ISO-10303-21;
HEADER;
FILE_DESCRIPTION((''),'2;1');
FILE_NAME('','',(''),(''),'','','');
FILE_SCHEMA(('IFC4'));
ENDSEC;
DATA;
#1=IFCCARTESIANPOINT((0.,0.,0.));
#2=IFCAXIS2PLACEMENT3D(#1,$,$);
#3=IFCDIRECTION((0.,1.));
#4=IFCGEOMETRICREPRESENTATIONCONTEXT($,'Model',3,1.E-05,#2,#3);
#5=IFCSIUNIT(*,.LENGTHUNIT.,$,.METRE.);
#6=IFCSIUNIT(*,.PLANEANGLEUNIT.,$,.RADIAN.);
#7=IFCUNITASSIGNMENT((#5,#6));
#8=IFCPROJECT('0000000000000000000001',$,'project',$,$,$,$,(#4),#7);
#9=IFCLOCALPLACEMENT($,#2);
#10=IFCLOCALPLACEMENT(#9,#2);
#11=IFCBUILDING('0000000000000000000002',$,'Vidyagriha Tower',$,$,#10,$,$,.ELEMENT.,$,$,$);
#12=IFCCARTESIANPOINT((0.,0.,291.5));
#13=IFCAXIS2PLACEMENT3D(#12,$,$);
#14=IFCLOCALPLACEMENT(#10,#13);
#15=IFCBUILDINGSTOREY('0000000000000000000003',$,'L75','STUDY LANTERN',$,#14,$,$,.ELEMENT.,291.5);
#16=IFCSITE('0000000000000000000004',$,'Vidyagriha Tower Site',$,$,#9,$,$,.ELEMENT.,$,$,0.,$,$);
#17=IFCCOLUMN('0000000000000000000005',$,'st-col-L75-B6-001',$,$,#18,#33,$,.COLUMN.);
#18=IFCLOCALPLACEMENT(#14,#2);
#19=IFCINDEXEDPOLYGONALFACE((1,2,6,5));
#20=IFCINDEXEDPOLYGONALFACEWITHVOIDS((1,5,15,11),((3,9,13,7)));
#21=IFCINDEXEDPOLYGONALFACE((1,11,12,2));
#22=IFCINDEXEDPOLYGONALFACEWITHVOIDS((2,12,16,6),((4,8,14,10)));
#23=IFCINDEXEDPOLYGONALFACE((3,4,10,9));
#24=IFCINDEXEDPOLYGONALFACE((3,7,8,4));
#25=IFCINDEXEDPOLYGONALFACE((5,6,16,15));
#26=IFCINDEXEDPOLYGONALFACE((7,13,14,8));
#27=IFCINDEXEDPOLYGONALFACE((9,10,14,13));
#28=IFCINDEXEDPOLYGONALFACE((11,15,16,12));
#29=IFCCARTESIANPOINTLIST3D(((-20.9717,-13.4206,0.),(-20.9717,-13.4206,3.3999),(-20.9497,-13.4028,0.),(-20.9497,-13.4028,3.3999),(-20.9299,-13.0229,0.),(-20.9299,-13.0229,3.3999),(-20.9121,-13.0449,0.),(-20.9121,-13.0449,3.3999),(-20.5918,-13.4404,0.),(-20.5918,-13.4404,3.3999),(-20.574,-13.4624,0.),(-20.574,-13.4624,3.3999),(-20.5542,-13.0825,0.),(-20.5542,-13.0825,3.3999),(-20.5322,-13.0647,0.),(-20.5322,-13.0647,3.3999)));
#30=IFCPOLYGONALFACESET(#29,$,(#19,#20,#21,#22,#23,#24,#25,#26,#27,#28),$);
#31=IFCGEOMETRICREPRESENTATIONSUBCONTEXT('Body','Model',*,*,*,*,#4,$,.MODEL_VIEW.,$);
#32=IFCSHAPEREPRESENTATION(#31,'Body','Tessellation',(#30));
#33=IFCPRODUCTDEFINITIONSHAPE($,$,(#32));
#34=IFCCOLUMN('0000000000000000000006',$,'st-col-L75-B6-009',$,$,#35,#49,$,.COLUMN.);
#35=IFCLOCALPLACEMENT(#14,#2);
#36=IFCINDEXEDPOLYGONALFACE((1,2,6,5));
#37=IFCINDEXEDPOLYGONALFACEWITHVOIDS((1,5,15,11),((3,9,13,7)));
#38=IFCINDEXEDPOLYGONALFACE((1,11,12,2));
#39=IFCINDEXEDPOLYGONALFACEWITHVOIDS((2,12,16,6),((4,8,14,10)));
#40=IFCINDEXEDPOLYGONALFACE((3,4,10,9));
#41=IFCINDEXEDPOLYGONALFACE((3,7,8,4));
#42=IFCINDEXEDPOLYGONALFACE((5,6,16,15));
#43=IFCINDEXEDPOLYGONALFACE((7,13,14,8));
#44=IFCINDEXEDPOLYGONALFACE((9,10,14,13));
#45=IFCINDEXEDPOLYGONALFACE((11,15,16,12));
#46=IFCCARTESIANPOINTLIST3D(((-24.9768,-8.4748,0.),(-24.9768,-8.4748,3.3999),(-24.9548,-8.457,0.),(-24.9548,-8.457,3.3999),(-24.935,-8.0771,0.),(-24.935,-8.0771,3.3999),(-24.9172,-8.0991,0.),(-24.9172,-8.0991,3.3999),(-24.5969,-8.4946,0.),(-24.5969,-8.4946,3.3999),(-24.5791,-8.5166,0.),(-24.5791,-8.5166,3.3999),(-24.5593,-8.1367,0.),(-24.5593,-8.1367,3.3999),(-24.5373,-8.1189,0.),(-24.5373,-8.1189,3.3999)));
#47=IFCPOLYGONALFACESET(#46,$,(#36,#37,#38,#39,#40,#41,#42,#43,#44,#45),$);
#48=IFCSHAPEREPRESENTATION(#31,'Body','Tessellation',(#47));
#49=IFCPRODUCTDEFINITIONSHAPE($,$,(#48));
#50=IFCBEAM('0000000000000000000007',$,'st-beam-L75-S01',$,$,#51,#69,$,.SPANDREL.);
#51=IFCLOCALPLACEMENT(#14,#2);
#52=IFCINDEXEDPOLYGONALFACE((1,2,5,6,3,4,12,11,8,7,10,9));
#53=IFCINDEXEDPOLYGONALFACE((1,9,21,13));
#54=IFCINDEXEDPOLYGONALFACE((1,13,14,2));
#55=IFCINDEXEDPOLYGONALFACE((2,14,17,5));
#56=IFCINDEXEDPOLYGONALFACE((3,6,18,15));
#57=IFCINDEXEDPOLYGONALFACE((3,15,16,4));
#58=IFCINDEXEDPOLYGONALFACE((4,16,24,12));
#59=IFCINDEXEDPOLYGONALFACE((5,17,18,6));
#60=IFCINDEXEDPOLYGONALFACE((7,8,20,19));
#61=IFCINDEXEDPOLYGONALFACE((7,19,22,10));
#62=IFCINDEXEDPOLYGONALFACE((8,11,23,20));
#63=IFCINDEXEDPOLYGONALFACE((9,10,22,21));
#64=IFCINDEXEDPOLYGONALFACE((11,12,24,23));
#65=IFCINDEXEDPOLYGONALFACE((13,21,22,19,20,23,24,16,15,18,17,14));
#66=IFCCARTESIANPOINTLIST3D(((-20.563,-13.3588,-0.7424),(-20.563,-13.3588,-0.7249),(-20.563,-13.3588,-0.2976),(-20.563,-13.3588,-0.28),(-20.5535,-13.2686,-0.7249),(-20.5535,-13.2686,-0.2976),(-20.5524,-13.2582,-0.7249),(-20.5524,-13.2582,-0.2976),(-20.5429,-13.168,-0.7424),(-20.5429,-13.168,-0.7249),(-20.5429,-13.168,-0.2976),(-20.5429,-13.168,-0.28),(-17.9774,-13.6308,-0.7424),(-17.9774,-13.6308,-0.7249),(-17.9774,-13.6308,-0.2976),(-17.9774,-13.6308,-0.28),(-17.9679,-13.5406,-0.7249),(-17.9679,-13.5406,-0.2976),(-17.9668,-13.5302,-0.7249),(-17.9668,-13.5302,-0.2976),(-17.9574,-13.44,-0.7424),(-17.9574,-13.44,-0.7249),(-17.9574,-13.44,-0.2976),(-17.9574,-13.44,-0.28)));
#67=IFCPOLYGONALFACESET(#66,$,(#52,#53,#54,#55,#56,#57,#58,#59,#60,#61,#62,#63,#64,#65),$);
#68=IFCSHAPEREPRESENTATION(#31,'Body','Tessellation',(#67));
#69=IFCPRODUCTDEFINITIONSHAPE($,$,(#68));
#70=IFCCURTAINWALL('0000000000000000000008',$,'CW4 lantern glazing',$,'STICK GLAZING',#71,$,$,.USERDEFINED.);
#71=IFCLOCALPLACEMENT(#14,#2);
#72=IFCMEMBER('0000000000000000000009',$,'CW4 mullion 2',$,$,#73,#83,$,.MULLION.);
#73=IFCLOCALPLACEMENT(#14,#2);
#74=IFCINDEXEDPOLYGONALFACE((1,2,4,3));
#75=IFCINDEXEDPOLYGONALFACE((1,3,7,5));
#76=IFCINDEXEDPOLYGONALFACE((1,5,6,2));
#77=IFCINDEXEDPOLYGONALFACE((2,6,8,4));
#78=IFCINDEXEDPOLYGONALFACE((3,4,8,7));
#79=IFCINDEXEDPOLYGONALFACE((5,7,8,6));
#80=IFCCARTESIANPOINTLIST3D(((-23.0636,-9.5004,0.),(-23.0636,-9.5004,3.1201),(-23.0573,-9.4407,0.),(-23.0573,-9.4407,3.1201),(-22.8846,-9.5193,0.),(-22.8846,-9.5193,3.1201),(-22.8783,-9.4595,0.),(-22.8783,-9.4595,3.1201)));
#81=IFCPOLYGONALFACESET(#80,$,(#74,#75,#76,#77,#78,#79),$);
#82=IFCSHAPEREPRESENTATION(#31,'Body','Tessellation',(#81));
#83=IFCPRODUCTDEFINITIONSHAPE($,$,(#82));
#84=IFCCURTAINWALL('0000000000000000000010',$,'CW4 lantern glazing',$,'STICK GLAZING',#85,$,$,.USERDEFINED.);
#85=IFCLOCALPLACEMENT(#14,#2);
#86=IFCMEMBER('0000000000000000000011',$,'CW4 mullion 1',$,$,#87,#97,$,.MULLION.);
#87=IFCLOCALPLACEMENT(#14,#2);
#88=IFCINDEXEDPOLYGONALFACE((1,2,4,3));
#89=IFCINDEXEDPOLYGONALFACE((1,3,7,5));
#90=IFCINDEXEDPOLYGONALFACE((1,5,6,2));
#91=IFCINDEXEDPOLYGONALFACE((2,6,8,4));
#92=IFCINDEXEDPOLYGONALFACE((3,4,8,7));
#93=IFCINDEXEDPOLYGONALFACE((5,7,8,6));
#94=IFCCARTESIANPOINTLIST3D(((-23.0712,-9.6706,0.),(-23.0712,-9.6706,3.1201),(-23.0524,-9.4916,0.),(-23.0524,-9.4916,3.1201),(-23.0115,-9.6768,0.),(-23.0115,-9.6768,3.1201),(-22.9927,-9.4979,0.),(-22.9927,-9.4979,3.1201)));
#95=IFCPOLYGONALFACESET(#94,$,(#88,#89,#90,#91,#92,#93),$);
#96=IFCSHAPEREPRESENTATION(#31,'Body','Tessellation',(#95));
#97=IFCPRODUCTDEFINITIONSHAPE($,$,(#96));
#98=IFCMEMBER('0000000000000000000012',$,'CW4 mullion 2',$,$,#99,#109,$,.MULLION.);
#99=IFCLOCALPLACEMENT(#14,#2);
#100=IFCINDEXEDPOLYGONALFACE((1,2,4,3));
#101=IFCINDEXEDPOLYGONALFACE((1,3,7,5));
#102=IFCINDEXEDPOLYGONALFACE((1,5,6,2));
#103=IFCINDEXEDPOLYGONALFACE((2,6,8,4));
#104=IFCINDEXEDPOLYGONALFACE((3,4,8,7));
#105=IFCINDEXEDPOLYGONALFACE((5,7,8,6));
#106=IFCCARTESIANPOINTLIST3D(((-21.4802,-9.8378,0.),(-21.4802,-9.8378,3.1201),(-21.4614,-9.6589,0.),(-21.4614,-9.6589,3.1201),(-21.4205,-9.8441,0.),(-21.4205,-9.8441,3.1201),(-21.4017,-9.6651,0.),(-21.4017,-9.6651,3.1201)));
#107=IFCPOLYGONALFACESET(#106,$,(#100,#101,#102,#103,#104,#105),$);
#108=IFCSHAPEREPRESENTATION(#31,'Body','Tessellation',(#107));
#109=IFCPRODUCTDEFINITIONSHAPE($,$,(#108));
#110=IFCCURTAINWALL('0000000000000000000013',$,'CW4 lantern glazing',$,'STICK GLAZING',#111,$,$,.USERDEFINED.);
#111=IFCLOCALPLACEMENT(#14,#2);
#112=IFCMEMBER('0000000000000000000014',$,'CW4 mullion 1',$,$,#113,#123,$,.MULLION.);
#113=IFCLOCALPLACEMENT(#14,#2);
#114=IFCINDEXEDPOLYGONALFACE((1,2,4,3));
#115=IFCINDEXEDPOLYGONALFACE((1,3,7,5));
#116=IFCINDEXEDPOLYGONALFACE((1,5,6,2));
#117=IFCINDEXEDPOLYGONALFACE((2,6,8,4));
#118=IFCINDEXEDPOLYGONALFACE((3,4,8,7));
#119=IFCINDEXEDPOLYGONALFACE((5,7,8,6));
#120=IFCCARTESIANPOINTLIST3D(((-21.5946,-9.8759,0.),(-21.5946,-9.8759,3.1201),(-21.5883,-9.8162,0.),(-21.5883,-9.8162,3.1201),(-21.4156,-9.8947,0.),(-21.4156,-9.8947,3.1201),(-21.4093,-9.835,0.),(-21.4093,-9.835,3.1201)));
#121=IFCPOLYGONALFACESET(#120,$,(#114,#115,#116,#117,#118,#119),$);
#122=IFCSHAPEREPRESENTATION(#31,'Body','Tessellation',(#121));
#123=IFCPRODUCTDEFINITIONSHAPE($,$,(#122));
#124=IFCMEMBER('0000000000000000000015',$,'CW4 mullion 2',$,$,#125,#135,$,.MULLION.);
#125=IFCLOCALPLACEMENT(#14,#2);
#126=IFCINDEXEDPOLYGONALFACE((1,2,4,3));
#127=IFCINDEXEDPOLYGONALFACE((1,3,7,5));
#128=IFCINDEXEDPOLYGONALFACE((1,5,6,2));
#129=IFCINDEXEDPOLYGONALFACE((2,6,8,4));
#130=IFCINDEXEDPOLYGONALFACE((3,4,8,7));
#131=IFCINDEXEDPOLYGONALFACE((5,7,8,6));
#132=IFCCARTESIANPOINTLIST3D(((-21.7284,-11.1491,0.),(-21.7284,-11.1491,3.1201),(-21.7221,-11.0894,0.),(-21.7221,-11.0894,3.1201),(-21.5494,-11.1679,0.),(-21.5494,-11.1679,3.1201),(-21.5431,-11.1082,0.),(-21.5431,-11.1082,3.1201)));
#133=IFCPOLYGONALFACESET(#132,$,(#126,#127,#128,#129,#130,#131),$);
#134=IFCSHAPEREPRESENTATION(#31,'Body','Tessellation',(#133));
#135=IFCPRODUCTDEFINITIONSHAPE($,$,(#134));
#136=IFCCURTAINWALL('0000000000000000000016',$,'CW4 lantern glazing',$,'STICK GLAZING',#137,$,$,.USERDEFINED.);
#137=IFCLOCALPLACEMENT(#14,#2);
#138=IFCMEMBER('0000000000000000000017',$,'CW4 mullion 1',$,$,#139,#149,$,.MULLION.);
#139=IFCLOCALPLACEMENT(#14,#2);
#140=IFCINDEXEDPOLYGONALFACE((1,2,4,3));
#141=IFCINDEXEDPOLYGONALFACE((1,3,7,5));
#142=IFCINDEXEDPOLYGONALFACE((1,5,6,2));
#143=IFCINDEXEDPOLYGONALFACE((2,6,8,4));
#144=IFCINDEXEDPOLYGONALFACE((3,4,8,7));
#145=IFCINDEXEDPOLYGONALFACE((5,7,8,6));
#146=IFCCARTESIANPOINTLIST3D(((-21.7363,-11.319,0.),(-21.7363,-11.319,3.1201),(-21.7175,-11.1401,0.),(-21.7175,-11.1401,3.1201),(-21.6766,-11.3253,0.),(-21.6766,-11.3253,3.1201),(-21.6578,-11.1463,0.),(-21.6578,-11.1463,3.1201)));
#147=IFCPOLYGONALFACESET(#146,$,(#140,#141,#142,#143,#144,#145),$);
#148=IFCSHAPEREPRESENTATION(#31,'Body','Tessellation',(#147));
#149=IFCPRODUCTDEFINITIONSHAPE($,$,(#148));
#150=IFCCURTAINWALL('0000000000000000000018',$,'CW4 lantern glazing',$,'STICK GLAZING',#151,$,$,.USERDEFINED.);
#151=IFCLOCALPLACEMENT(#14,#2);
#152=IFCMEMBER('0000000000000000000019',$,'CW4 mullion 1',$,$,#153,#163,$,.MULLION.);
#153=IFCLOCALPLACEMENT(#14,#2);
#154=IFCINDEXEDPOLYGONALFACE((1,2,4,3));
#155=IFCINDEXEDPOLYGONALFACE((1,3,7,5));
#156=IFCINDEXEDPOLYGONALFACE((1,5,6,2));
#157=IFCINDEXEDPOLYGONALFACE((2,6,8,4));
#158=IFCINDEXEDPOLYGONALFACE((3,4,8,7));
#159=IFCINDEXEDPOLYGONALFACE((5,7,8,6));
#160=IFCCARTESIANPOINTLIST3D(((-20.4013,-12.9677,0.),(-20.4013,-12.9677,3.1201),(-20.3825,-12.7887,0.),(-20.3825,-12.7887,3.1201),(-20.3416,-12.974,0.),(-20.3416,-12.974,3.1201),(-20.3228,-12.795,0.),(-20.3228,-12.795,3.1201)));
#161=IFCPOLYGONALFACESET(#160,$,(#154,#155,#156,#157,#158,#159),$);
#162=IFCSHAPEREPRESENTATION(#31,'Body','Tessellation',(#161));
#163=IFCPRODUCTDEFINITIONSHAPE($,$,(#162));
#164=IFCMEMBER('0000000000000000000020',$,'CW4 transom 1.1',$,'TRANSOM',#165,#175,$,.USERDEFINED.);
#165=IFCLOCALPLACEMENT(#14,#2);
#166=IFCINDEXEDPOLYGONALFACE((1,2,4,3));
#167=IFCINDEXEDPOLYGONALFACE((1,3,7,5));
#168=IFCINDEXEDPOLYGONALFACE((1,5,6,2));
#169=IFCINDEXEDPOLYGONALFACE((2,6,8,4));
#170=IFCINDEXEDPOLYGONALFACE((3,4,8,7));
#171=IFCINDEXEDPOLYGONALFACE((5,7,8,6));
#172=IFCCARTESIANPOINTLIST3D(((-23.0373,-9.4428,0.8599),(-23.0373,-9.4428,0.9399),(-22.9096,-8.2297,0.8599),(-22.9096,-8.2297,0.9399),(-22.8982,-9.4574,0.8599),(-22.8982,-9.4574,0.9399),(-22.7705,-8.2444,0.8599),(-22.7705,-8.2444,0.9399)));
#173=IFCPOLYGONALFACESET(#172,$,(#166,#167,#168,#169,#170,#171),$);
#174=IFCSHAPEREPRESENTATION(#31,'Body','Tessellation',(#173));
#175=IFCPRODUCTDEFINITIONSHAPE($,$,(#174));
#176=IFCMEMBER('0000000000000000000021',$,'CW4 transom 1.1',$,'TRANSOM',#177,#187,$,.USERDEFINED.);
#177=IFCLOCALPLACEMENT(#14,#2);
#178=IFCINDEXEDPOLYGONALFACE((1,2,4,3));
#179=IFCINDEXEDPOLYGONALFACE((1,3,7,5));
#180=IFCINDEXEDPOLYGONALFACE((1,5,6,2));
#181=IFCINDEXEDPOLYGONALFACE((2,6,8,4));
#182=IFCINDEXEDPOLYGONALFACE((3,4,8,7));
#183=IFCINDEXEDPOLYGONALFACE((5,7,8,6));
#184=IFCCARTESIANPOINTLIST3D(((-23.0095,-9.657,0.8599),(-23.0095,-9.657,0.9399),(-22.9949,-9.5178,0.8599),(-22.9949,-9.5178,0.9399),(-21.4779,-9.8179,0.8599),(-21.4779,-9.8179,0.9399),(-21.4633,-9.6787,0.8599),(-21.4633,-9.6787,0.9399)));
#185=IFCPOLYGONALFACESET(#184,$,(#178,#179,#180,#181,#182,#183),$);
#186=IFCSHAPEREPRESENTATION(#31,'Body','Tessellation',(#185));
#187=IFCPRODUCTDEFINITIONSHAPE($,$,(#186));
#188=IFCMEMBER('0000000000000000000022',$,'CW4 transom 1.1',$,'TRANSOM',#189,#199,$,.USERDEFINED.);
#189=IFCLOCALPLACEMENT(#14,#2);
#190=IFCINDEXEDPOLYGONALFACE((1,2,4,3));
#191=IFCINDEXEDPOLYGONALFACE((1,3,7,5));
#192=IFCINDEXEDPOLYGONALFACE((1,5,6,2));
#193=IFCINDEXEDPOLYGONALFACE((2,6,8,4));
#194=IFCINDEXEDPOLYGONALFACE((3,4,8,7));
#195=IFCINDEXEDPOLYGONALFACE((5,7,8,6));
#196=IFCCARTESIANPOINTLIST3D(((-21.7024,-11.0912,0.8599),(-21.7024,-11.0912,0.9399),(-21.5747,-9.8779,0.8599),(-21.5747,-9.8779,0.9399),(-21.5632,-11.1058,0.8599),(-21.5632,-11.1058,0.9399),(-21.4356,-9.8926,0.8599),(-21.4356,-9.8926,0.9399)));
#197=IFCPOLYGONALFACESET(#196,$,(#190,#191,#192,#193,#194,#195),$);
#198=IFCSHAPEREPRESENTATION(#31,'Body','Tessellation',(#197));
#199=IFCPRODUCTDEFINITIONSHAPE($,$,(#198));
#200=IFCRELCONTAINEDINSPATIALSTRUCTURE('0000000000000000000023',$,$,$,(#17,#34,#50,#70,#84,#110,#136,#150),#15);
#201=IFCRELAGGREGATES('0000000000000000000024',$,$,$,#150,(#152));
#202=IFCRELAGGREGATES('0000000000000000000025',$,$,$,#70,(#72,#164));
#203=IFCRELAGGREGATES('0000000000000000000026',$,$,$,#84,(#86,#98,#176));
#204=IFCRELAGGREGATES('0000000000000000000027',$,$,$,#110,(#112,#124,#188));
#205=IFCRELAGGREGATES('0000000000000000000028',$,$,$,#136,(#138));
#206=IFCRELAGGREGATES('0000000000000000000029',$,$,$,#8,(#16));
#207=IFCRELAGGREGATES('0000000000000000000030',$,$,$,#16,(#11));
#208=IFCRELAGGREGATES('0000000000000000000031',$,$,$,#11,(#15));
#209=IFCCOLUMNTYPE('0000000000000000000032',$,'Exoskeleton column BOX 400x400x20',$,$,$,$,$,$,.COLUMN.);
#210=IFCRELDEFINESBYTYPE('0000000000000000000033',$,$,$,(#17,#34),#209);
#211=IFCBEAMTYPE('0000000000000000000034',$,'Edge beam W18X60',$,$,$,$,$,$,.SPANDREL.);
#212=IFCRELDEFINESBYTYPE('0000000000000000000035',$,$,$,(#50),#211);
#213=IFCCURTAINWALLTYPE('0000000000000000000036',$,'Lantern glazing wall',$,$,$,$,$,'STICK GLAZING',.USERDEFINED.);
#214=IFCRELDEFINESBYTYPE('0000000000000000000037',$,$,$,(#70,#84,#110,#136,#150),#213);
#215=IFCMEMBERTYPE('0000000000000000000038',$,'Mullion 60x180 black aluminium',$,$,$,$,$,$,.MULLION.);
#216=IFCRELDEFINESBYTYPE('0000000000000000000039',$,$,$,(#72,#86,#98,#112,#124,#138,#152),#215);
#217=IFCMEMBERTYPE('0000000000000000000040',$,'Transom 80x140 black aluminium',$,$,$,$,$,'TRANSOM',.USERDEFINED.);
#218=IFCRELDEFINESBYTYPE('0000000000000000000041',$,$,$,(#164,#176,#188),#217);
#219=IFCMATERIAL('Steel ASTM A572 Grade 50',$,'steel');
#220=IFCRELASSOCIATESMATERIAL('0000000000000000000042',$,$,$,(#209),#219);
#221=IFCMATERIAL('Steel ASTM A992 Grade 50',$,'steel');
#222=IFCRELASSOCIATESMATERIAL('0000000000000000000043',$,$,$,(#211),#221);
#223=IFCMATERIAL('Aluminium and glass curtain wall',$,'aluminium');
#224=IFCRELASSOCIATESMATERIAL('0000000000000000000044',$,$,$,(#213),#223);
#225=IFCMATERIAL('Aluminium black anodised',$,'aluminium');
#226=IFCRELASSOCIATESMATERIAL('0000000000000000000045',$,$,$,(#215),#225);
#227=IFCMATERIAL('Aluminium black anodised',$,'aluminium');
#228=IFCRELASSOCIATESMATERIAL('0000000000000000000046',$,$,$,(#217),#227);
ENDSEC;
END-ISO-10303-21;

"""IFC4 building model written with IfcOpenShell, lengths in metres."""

from ifc_helpers import new_model, si_unit, direction, frame, origin, origin_2d, place, context, subcontext, project, spatial, rectangle, hollow_rectangle, i_section, extrude, material, material_profile, profile_set, type_object, element, aggregate, save


model = new_model("IFC4")

# Units and contexts
model_context = context("Model", 3, precision=1e-05, world=origin(), true_north=direction((0.0, 1.0)))
body_context = subcontext(model_context, "Body", "Model", "MODEL_VIEW")
ifc_project = project(units=[si_unit("LENGTHUNIT", "METRE"), si_unit("PLANEANGLEUNIT", "RADIAN")], contexts=[model_context])

# Site, building, storey
site_placement = place(None, origin())
site = spatial("IfcSite", under=ifc_project, at=site_placement, Name="Vidyagriha Tower Site", CompositionType="ELEMENT", RefElevation=0.0)
building_placement = place(site_placement, origin())
building = spatial("IfcBuilding", under=site, at=building_placement, Name="Vidyagriha Tower", CompositionType="ELEMENT")
storey_placement = place(building_placement, frame((0.0, 0.0, 291.5)))
storey = spatial("IfcBuildingStorey", under=building, at=storey_placement, Name="L75", Description="STUDY LANTERN", CompositionType="ELEMENT", Elevation=291.5)

# Columns
ifc_material_1 = material(Name="Steel ASTM A572 Grade 50", Category="steel")
ifc_material_profile_1 = material_profile(ifc_material_1, hollow_rectangle(XDim=0.3999, YDim=0.3999, WallThickness=0.02, at=origin_2d()), Name="BOX 400x400x20")
ifc_profile_set_1 = profile_set([ifc_material_profile_1], Name="Steel ASTM A572 Grade 50")
column_type = type_object("IfcColumnType", Name="Exoskeleton column BOX 400x400x20", PredefinedType="COLUMN", material=ifc_profile_set_1)
for number, where, z_axis, x_axis, name in (
    (1, (-20.752, -13.2427, 0.0), (0.0, 0.0, 1.0), (0.994522, -0.104528, 0.0), "st-col-L75-B6-001"),
    (2, (-24.7571, -8.2969, 0.0), (0.0, 0.0, 1.0), (0.994522, -0.104528, 0.0), "st-col-L75-B6-009"),
):
    element("IfcColumn", number, at=place(storey_placement, frame(where, z_axis=z_axis, x_axis=x_axis)), inside=storey, type_object=column_type, Name=name, PredefinedType="COLUMN", context=body_context, shape_type="SweptSolid", body=[
        extrude(hollow_rectangle(XDim=0.3999, YDim=0.3999, WallThickness=0.02, at=origin_2d()), origin(), (0.0, 0.0, 1.0), 3.3999),
    ])

# Beam
ifc_material_2 = material(Name="Steel ASTM A992 Grade 50", Category="steel")
ifc_material_profile_2 = material_profile(ifc_material_2, i_section(OverallWidth=0.1919, OverallDepth=0.4624, WebThickness=0.0105, FlangeThickness=0.0176, at=origin_2d()), Name="W18X60")
ifc_profile_set_2 = profile_set([ifc_material_profile_2], Name="Steel ASTM A992 Grade 50")
beam_type = type_object("IfcBeamType", Name="Edge beam W18X60", PredefinedType="SPANDREL", material=ifc_profile_set_2)
beam_placement = place(storey_placement, frame((-20.553, -13.2634, -0.5112), z_axis=(0.994514, -0.104607, 0.0), x_axis=(0.104607, 0.994514, 0.0)))
element("IfcBeam", 3, at=beam_placement, inside=storey, type_object=beam_type, Name="st-beam-L75-S01", PredefinedType="SPANDREL", context=body_context, shape_type="SweptSolid", body=[
    extrude(i_section(OverallWidth=0.1919, OverallDepth=0.4624, WebThickness=0.0105, FlangeThickness=0.0176, at=origin_2d()), origin(), (0.0, 0.0, 1.0), 2.5999),
])

# Curtain wall, member
ifc_material_3 = material(Name="Aluminium and glass curtain wall", Category="aluminium")
curtain_wall_type = type_object("IfcCurtainWallType", Name="Lantern glazing wall", ElementType="STICK GLAZING", PredefinedType="USERDEFINED", material=ifc_material_3)
curtain_wall_1_placement = place(storey_placement, origin())
curtain_wall_1 = element("IfcCurtainWall", 4, at=curtain_wall_1_placement, inside=storey, type_object=curtain_wall_type, Name="CW4 lantern glazing", ObjectType="STICK GLAZING", PredefinedType="USERDEFINED")
ifc_material_4 = material(Name="Aluminium black anodised", Category="aluminium")
ifc_material_profile_3 = material_profile(ifc_material_4, rectangle(XDim=0.1799, YDim=0.0601, at=origin_2d()), Name="Mullion 60x180 black aluminium")
ifc_profile_set_3 = profile_set([ifc_material_profile_3], Name="Aluminium black anodised")
member_type_1 = type_object("IfcMemberType", Name="Mullion 60x180 black aluminium", PredefinedType="MULLION", material=ifc_profile_set_3)
member_1_placement = place(storey_placement, frame((-22.9709, -9.48, 0.0), z_axis=(0.0, 0.0, 1.0), x_axis=(0.994519, -0.104557, 0.0)))
member_1 = element("IfcMember", 5, at=member_1_placement, type_object=member_type_1, Name="CW4 mullion 2", PredefinedType="MULLION", context=body_context, shape_type="SweptSolid", body=[
    extrude(rectangle(XDim=0.1799, YDim=0.0601, at=origin_2d()), origin(), (0.0, 0.0, 1.0), 3.1201),
])

# Curtain walls, members
curtain_wall_2_placement = place(storey_placement, origin())
curtain_wall_2 = element("IfcCurtainWall", 6, at=curtain_wall_2_placement, inside=storey, type_object=curtain_wall_type, Name="CW4 lantern glazing", ObjectType="STICK GLAZING", PredefinedType="USERDEFINED")
member_2_placement = place(storey_placement, frame((-23.032, -9.5842, 0.0), z_axis=(0.0, 0.0, 1.0), x_axis=(0.104459, 0.994529, 0.0)))
member_2 = element("IfcMember", 7, at=member_2_placement, type_object=member_type_1, Name="CW4 mullion 1", PredefinedType="MULLION", context=body_context, shape_type="SweptSolid", body=[
    extrude(rectangle(XDim=0.1799, YDim=0.0601, at=origin_2d()), origin(), (0.0, 0.0, 1.0), 3.1201),
])
member_3_placement = place(storey_placement, frame((-21.4409, -9.7515, 0.0), z_axis=(0.0, 0.0, 1.0), x_axis=(0.104459, 0.994529, 0.0)))
member_3 = element("IfcMember", 8, at=member_3_placement, type_object=member_type_1, Name="CW4 mullion 2", PredefinedType="MULLION", context=body_context, shape_type="SweptSolid", body=[
    extrude(rectangle(XDim=0.1799, YDim=0.0601, at=origin_2d()), origin(), (0.0, 0.0, 1.0), 3.1201),
])
curtain_wall_3_placement = place(storey_placement, origin())
curtain_wall_3 = element("IfcCurtainWall", 9, at=curtain_wall_3_placement, inside=storey, type_object=curtain_wall_type, Name="CW4 lantern glazing", ObjectType="STICK GLAZING", PredefinedType="USERDEFINED")
member_4_placement = place(storey_placement, frame((-21.502, -9.8555, 0.0), z_axis=(0.0, 0.0, 1.0), x_axis=(0.99452, -0.104549, 0.0)))
member_4 = element("IfcMember", 10, at=member_4_placement, type_object=member_type_1, Name="CW4 mullion 1", PredefinedType="MULLION", context=body_context, shape_type="SweptSolid", body=[
    extrude(rectangle(XDim=0.1799, YDim=0.0601, at=origin_2d()), origin(), (0.0, 0.0, 1.0), 3.1201),
])
member_5_placement = place(storey_placement, frame((-21.6357, -11.1287, 0.0), z_axis=(0.0, 0.0, 1.0), x_axis=(0.99452, -0.104549, 0.0)))
member_5 = element("IfcMember", 11, at=member_5_placement, type_object=member_type_1, Name="CW4 mullion 2", PredefinedType="MULLION", context=body_context, shape_type="SweptSolid", body=[
    extrude(rectangle(XDim=0.1799, YDim=0.0601, at=origin_2d()), origin(), (0.0, 0.0, 1.0), 3.1201),
])

# Curtain walls, members
curtain_wall_4_placement = place(storey_placement, origin())
curtain_wall_4 = element("IfcCurtainWall", 12, at=curtain_wall_4_placement, inside=storey, type_object=curtain_wall_type, Name="CW4 lantern glazing", ObjectType="STICK GLAZING", PredefinedType="USERDEFINED")
member_6_placement = place(storey_placement, frame((-21.697, -11.2327, 0.0), z_axis=(0.0, 0.0, 1.0), x_axis=(0.104519, 0.994523, 0.0)))
member_6 = element("IfcMember", 13, at=member_6_placement, type_object=member_type_1, Name="CW4 mullion 1", PredefinedType="MULLION", context=body_context, shape_type="SweptSolid", body=[
    extrude(rectangle(XDim=0.1799, YDim=0.0601, at=origin_2d()), origin(), (0.0, 0.0, 1.0), 3.1201),
])
curtain_wall_5_placement = place(storey_placement, origin())
curtain_wall_5 = element("IfcCurtainWall", 14, at=curtain_wall_5_placement, inside=storey, type_object=curtain_wall_type, Name="CW4 lantern glazing", ObjectType="STICK GLAZING", PredefinedType="USERDEFINED")
member_7_placement = place(storey_placement, frame((-20.3621, -12.8813, 0.0), z_axis=(0.0, 0.0, 1.0), x_axis=(0.104528, 0.994522, 0.0)))
member_7 = element("IfcMember", 15, at=member_7_placement, type_object=member_type_1, Name="CW4 mullion 1", PredefinedType="MULLION", context=body_context, shape_type="SweptSolid", body=[
    extrude(rectangle(XDim=0.1799, YDim=0.0601, at=origin_2d()), origin(), (0.0, 0.0, 1.0), 3.1201),
])

# Members
ifc_material_5 = material(Name="Aluminium black anodised", Category="aluminium")
ifc_material_profile_4 = material_profile(ifc_material_5, rectangle(XDim=0.1399, YDim=0.0801, at=origin_2d()), Name="Transom 80x140 black aluminium")
ifc_profile_set_4 = profile_set([ifc_material_profile_4], Name="Aluminium black anodised")
member_type_2 = type_object("IfcMemberType", Name="Transom 80x140 black aluminium", ElementType="TRANSOM", PredefinedType="USERDEFINED", material=ifc_profile_set_4)
member_8_placement = place(storey_placement, frame((-22.8401, -8.2371, 0.8999), z_axis=(-0.104674, -0.994507, 0.0), x_axis=(0.994507, -0.104674, 0.0)))
member_8 = element("IfcMember", 16, at=member_8_placement, type_object=member_type_2, Name="CW4 transom 1.1", ObjectType="TRANSOM", PredefinedType="USERDEFINED", context=body_context, shape_type="SweptSolid", body=[
    extrude(rectangle(XDim=0.1399, YDim=0.0801, at=origin_2d()), origin(), (0.0, 0.0, 1.0), 1.2197),
])
member_9_placement = place(storey_placement, frame((-23.0022, -9.5874, 0.8999), z_axis=(0.994527, -0.104478, 0.0), x_axis=(0.104478, 0.994527, 0.0)))
member_9 = element("IfcMember", 17, at=member_9_placement, type_object=member_type_2, Name="CW4 transom 1.1", ObjectType="TRANSOM", PredefinedType="USERDEFINED", context=body_context, shape_type="SweptSolid", body=[
    extrude(rectangle(XDim=0.1399, YDim=0.0801, at=origin_2d()), origin(), (0.0, 0.0, 1.0), 1.54),
])
member_10_placement = place(storey_placement, frame((-21.5051, -9.8853, 0.8999), z_axis=(-0.104654, -0.994509, 0.0), x_axis=(0.994509, -0.104654, 0.0)))
member_10 = element("IfcMember", 18, at=member_10_placement, type_object=member_type_2, Name="CW4 transom 1.1", ObjectType="TRANSOM", PredefinedType="USERDEFINED", context=body_context, shape_type="SweptSolid", body=[
    extrude(rectangle(XDim=0.1399, YDim=0.0801, at=origin_2d()), origin(), (0.0, 0.0, 1.0), 1.22),
])
aggregate(curtain_wall_5, [member_7])

aggregate(curtain_wall_1, [member_1, member_8])
aggregate(curtain_wall_2, [member_2, member_3, member_9])
aggregate(curtain_wall_3, [member_4, member_5, member_10])
aggregate(curtain_wall_4, [member_6])

save(model, "model.ifc")
